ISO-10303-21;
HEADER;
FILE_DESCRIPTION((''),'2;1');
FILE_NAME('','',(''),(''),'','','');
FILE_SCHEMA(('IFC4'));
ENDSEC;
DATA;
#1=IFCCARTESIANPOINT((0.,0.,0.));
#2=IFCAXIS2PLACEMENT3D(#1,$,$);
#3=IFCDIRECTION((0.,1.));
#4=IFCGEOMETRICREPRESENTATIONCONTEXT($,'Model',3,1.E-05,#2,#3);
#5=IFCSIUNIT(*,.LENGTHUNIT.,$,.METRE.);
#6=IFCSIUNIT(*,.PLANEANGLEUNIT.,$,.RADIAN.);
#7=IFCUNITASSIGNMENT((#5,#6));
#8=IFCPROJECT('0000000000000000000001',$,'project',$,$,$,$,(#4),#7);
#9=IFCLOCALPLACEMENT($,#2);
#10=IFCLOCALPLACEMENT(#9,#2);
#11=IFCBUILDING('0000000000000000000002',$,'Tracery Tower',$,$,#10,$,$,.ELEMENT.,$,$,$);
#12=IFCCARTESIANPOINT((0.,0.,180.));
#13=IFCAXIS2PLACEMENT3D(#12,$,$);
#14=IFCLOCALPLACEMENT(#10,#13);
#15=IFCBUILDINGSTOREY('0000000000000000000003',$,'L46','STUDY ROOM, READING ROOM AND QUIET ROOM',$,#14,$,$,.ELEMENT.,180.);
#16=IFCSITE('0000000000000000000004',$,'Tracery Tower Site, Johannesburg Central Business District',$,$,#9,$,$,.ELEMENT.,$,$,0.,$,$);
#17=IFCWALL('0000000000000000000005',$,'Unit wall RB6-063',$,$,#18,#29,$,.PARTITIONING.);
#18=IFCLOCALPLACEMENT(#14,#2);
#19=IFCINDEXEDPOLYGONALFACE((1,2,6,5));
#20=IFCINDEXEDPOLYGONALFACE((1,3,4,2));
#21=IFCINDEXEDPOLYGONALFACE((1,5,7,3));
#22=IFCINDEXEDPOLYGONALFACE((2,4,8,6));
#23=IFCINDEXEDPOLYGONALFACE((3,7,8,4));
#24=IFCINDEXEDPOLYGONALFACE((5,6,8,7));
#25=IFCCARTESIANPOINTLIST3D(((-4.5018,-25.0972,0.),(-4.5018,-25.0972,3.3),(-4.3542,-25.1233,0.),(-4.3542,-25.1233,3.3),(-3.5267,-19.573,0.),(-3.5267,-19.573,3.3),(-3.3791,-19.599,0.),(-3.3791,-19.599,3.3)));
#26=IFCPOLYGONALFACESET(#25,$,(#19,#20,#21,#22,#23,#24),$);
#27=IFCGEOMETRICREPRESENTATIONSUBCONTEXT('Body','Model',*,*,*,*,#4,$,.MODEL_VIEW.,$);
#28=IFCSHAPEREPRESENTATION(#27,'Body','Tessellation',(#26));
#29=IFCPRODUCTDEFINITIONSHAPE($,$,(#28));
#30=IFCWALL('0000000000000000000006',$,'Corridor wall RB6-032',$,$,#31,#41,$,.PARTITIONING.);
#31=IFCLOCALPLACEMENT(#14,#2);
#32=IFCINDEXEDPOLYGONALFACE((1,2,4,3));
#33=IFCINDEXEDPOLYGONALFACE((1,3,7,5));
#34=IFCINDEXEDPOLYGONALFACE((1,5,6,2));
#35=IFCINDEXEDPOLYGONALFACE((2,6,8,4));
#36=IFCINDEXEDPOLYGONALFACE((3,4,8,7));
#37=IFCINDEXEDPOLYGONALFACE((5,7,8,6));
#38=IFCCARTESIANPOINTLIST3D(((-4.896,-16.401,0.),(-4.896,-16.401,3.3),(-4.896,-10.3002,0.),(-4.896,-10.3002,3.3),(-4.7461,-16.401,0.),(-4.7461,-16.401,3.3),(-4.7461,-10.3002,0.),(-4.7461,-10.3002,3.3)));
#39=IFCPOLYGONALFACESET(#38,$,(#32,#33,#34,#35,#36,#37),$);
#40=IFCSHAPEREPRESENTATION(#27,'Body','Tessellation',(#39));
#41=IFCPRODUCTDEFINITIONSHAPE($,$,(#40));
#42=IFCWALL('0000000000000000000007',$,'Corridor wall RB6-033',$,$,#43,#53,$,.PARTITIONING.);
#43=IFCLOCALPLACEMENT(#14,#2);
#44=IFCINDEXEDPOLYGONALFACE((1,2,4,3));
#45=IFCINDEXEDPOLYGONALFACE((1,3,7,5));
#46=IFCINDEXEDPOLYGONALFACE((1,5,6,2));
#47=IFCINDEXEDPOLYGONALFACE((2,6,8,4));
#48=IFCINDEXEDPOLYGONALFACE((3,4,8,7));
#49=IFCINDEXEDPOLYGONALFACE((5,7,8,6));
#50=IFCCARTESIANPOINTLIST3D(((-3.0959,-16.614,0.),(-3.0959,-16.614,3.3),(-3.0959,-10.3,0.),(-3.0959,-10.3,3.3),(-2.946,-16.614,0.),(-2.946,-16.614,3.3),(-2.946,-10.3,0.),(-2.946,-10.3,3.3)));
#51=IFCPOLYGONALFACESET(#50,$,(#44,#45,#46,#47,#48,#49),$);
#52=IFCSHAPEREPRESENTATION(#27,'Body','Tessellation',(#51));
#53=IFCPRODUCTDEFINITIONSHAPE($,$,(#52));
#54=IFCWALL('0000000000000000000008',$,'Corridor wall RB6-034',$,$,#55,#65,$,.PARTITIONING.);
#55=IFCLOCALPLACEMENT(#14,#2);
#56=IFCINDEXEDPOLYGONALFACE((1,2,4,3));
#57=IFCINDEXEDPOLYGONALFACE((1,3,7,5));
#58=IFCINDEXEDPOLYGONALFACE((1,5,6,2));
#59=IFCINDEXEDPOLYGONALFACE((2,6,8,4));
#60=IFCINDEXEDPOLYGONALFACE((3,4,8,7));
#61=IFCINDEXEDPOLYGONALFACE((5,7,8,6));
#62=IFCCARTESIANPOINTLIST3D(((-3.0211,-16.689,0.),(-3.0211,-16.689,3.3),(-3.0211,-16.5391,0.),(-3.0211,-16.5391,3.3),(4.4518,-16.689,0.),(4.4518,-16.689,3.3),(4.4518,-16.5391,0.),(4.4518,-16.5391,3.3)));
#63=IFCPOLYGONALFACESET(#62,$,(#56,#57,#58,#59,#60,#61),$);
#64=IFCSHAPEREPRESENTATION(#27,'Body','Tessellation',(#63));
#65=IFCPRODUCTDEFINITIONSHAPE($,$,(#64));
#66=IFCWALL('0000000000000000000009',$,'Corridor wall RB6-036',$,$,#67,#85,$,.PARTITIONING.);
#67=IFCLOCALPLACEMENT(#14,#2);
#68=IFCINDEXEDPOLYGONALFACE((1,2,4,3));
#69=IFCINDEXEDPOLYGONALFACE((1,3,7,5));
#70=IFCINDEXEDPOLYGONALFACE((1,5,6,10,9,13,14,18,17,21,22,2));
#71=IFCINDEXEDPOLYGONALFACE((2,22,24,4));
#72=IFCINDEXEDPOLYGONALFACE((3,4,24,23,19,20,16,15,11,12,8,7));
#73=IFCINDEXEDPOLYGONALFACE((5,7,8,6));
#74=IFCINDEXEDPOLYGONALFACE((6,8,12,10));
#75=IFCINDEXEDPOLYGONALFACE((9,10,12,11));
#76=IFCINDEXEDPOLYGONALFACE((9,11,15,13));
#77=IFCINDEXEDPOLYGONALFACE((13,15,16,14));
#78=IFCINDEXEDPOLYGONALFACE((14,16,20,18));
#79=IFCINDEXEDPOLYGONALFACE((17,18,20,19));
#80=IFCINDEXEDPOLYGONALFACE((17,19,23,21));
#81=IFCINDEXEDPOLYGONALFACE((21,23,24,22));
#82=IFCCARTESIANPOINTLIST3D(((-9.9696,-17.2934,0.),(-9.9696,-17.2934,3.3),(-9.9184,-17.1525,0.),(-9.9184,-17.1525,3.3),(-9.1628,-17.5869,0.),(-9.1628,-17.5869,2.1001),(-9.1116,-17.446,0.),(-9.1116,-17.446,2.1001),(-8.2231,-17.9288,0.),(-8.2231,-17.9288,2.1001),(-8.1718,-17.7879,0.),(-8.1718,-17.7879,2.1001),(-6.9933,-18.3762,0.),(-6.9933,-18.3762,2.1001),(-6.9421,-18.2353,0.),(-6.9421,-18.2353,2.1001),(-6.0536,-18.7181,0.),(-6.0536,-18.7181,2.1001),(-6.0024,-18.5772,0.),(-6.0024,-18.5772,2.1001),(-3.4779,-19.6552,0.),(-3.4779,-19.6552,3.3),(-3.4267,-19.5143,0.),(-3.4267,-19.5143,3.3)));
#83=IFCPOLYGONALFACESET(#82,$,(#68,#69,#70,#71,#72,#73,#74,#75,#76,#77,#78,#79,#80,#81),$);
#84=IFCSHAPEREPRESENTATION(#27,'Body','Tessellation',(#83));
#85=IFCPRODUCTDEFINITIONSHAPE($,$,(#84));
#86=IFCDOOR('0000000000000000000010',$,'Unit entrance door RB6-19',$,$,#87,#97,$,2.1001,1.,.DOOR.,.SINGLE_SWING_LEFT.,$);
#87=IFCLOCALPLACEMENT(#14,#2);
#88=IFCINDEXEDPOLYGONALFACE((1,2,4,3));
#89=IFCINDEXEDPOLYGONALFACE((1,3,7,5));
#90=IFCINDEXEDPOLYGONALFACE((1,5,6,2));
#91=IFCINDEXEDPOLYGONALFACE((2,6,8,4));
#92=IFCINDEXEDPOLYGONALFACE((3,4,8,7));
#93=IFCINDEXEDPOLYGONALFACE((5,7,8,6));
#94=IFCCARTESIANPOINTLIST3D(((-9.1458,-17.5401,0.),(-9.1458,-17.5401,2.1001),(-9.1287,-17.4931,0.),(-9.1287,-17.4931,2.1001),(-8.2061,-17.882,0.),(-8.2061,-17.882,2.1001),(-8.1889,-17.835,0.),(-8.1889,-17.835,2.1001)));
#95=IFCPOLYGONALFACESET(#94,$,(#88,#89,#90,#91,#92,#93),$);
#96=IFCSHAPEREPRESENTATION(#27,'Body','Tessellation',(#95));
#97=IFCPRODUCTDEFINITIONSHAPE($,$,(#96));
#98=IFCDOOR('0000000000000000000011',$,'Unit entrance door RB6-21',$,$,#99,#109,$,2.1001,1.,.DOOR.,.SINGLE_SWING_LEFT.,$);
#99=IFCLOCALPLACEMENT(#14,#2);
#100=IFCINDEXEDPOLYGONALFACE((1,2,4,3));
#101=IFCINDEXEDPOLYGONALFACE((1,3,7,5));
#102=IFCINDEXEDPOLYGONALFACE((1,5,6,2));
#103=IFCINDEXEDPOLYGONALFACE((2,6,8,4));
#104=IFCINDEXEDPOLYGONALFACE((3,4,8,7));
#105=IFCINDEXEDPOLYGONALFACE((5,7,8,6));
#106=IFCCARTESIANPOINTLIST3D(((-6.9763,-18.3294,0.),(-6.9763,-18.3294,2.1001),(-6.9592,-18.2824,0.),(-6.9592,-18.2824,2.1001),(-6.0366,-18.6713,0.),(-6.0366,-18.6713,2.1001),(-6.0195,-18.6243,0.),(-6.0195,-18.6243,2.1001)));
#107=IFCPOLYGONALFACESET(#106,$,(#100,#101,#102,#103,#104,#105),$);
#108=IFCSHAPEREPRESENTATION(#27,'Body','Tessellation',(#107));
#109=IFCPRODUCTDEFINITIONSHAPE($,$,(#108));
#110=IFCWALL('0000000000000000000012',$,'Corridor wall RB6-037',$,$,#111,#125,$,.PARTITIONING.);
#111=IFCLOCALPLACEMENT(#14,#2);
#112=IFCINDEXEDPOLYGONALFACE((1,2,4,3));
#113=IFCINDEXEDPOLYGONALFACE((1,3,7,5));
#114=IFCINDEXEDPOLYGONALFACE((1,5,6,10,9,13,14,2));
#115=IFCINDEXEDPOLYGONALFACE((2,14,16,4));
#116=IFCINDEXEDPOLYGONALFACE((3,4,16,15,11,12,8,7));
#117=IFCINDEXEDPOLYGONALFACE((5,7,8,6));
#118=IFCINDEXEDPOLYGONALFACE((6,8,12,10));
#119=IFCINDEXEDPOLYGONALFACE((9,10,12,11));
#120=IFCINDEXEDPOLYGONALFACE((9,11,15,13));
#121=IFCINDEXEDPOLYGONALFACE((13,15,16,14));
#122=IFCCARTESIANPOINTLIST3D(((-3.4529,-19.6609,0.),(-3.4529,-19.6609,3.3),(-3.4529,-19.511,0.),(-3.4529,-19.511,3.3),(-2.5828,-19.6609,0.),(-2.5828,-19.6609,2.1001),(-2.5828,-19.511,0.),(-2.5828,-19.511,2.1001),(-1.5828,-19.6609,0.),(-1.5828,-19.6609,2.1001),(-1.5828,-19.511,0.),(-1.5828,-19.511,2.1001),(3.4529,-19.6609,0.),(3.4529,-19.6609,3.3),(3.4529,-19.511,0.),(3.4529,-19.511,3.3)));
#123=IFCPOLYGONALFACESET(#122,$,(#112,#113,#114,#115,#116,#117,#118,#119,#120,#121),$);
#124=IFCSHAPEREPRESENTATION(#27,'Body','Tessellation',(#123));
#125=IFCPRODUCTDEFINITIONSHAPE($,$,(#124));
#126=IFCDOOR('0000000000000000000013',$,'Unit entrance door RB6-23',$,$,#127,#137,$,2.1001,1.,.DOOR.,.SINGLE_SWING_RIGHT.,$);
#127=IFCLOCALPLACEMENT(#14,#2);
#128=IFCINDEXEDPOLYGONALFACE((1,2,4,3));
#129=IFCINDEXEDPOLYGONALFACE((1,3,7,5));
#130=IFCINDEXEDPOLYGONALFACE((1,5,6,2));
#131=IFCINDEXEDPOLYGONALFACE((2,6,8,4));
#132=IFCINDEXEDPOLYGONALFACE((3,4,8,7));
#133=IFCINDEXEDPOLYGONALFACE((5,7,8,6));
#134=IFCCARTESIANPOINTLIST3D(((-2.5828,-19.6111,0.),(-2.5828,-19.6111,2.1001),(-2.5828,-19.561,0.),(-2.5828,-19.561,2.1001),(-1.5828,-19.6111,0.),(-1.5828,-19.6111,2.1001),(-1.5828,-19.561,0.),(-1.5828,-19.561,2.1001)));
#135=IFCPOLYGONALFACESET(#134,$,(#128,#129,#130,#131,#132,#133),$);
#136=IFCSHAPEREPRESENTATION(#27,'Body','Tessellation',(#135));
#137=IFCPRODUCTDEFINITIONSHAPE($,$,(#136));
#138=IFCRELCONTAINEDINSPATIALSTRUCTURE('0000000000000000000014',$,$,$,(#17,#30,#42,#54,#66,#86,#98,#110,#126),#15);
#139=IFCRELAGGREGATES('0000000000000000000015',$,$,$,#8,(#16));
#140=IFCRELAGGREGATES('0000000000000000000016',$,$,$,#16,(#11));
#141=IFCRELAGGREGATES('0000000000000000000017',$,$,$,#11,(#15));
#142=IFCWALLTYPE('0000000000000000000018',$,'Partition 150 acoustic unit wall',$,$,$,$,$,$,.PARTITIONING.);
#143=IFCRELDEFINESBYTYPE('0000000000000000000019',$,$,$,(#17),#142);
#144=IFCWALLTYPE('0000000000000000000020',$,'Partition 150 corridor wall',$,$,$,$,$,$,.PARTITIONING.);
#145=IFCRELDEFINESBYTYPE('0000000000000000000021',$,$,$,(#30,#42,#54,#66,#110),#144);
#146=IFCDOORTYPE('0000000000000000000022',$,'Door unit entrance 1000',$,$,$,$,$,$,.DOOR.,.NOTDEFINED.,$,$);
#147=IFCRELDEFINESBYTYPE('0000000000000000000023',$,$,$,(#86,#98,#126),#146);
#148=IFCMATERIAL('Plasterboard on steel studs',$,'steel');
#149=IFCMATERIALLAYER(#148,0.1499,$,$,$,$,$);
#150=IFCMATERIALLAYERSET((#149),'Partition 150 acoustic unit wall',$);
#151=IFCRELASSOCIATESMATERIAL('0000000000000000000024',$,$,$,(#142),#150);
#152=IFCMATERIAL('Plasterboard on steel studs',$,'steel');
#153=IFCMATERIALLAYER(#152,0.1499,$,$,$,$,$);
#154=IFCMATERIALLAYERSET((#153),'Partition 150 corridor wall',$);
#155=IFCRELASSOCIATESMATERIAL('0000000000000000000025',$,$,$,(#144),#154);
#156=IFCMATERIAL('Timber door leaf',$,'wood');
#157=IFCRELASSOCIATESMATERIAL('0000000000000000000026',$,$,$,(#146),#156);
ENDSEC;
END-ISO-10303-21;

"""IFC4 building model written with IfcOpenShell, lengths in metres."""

from ifc_helpers import new_model, si_unit, direction, frame, frame_2d, origin, place, context, subcontext, project, spatial, rectangle, extrude, material, layer, layer_set, type_object, element, fill, save


model = new_model("IFC4")

# Units and contexts
model_context = context("Model", 3, precision=1e-05, world=origin(), true_north=direction((0.0, 1.0)))
body_context = subcontext(model_context, "Body", "Model", "MODEL_VIEW")
ifc_project = project(units=[si_unit("LENGTHUNIT", "METRE"), si_unit("PLANEANGLEUNIT", "RADIAN")], contexts=[model_context])

# Site, building, storey
site_placement = place(None, origin())
site = spatial("IfcSite", under=ifc_project, at=site_placement, Name="Tracery Tower Site, Johannesburg Central Business District", CompositionType="ELEMENT", RefElevation=0.0)
building_placement = place(site_placement, origin())
building = spatial("IfcBuilding", under=site, at=building_placement, Name="Tracery Tower", CompositionType="ELEMENT")
storey_placement = place(building_placement, frame((0.0, 0.0, 180.0)))
storey = spatial("IfcBuildingStorey", under=building, at=storey_placement, Name="L46", Description="STUDY ROOM, READING ROOM AND QUIET ROOM", CompositionType="ELEMENT", Elevation=180.0)

# Walls
ifc_material_1 = material(Name="Plasterboard on steel studs", Category="steel")
ifc_layer_1 = layer(ifc_material_1, 0.1499)
ifc_layer_set_1 = layer_set([ifc_layer_1], Name="Partition 150 acoustic unit wall")
wall_type_1 = type_object("IfcWallType", Name="Partition 150 acoustic unit wall", PredefinedType="PARTITIONING", material=ifc_layer_set_1)
wall_1_placement = place(storey_placement, frame((-4.428, -25.1101, 0.0), z_axis=(0.0, 0.0, 1.0), x_axis=(0.173828, 0.984776, 0.0)))
element("IfcWall", 1, at=wall_1_placement, inside=storey, type_object=wall_type_1, Name="Unit wall RB6-063", PredefinedType="PARTITIONING", context=body_context, shape_type="SweptSolid", body=[
    extrude(rectangle(XDim=5.6096, YDim=0.1499, at=frame_2d((2.8047, 0.0))), origin(), (0.0, 0.0, 1.0), 3.3),
])
ifc_material_2 = material(Name="Plasterboard on steel studs", Category="steel")
ifc_layer_2 = layer(ifc_material_2, 0.1499)
ifc_layer_set_2 = layer_set([ifc_layer_2], Name="Partition 150 corridor wall")
wall_type_2 = type_object("IfcWallType", Name="Partition 150 corridor wall", PredefinedType="PARTITIONING", material=ifc_layer_set_2)
wall_2_placement = place(storey_placement, frame((-4.821, -16.4009, 0.0), z_axis=(0.0, 0.0, 1.0), x_axis=(0.0, 1.0, 0.0)))
element("IfcWall", 2, at=wall_2_placement, inside=storey, type_object=wall_type_2, Name="Corridor wall RB6-032", PredefinedType="PARTITIONING", context=body_context, shape_type="SweptSolid", body=[
    extrude(rectangle(XDim=6.1008, YDim=0.1499, at=frame_2d((3.0503, 0.0))), origin(), (0.0, 0.0, 1.0), 3.3),
])
wall_3_placement = place(storey_placement, frame((-3.021, -16.614, 0.0), z_axis=(0.0, 0.0, 1.0), x_axis=(0.0, 1.0, 0.0)))
element("IfcWall", 3, at=wall_3_placement, inside=storey, type_object=wall_type_2, Name="Corridor wall RB6-033", PredefinedType="PARTITIONING", context=body_context, shape_type="SweptSolid", body=[
    extrude(rectangle(XDim=6.314, YDim=0.1499, at=frame_2d((3.157, 0.0))), origin(), (0.0, 0.0, 1.0), 3.3),
])
wall_4_placement = place(storey_placement, frame((-3.021, -16.614, 0.0), z_axis=(0.0, 0.0, 1.0), x_axis=(1.0, 0.0, 0.0)))
element("IfcWall", 4, at=wall_4_placement, inside=storey, type_object=wall_type_2, Name="Corridor wall RB6-034", PredefinedType="PARTITIONING", context=body_context, shape_type="SweptSolid", body=[
    extrude(rectangle(XDim=7.4729, YDim=0.1499, at=frame_2d((3.7363, 0.0))), origin(), (0.0, 0.0, 1.0), 3.3),
])

# Wall, openings, doors
wall_5_placement = place(storey_placement, frame((-9.9441, -17.2229, 0.0), z_axis=(0.0, 0.0, 1.0), x_axis=(0.939738, -0.341896, 0.0)))
wall_5 = element("IfcWall", 5, at=wall_5_placement, inside=storey, type_object=wall_type_2, Name="Corridor wall RB6-036", PredefinedType="PARTITIONING", context=body_context, shape_type="SweptSolid", body=[
    extrude(rectangle(XDim=6.908, YDim=0.1499, at=frame_2d((3.4541, 0.0))), origin(), (0.0, 0.0, 1.0), 3.3),
])
opening_1_placement = place(wall_5_placement, frame((0.8586, 0.0, 0.0)))
opening_1 = element("IfcOpeningElement", 6, at=opening_1_placement, cuts=wall_5, PredefinedType="OPENING", context=body_context, shape_type="SweptSolid", body=[
    extrude(rectangle(XDim=1.0, YDim=2.1001, at=frame_2d((0.5, 1.05))), frame((0.0, 0.075, 0.0), z_axis=(0.0, -1.0, 0.0), x_axis=(1.0, 0.0, 0.0)), (0.0, 0.0, 1.0), 0.1499),
])
opening_2_placement = place(wall_5_placement, frame((3.1672, 0.0, 0.0)))
opening_2 = element("IfcOpeningElement", 7, at=opening_2_placement, cuts=wall_5, PredefinedType="OPENING", context=body_context, shape_type="SweptSolid", body=[
    extrude(rectangle(XDim=1.0, YDim=2.1001, at=frame_2d((0.5, 1.05))), frame((0.0, 0.075, 0.0), z_axis=(0.0, -1.0, 0.0), x_axis=(1.0, 0.0, 0.0)), (0.0, 0.0, 1.0), 0.1499),
])
ifc_material_3 = material(Name="Timber door leaf", Category="wood")
door_type_1 = type_object("IfcDoorType", Name="Door unit entrance 1000", OperationType="NOTDEFINED", PredefinedType="DOOR", material=ifc_material_3)
door_1_placement = place(opening_1_placement, origin())
door_1 = element("IfcDoor", 8, at=door_1_placement, inside=storey, type_object=door_type_1, Name="Unit entrance door RB6-19", OperationType="SINGLE_SWING_LEFT", OverallHeight=2.1001, OverallWidth=1.0, PredefinedType="DOOR", context=body_context, shape_type="SweptSolid", body=[
    extrude(rectangle(XDim=1.0, YDim=2.1001, at=frame_2d((0.5, 1.05))), frame((0.0, 0.0249, 0.0), z_axis=(0.0, -1.0, 0.0), x_axis=(1.0, 0.0, 0.0)), (0.0, 0.0, 1.0), 0.05),
])
fill(opening_1, door_1)
door_2_placement = place(opening_2_placement, origin())
door_2 = element("IfcDoor", 9, at=door_2_placement, inside=storey, type_object=door_type_1, Name="Unit entrance door RB6-21", OperationType="SINGLE_SWING_LEFT", OverallHeight=2.1001, OverallWidth=1.0, PredefinedType="DOOR", context=body_context, shape_type="SweptSolid", body=[
    extrude(rectangle(XDim=1.0, YDim=2.1001, at=frame_2d((0.5, 1.05))), frame((0.0, 0.0249, 0.0), z_axis=(0.0, -1.0, 0.0), x_axis=(1.0, 0.0, 0.0)), (0.0, 0.0, 1.0), 0.05),
])
fill(opening_2, door_2)

# Wall, opening, door
wall_6_placement = place(storey_placement, frame((-3.4529, -19.5859, 0.0), z_axis=(0.0, 0.0, 1.0), x_axis=(1.0, 0.0, 0.0)))
wall_6 = element("IfcWall", 10, at=wall_6_placement, inside=storey, type_object=wall_type_2, Name="Corridor wall RB6-037", PredefinedType="PARTITIONING", context=body_context, shape_type="SweptSolid", body=[
    extrude(rectangle(XDim=6.9058, YDim=0.1499, at=frame_2d((3.4529, 0.0))), origin(), (0.0, 0.0, 1.0), 3.3),
])
opening_3_placement = place(wall_6_placement, frame((0.8701, 0.0, 0.0)))
opening_3 = element("IfcOpeningElement", 11, at=opening_3_placement, cuts=wall_6, PredefinedType="OPENING", context=body_context, shape_type="SweptSolid", body=[
    extrude(rectangle(XDim=1.0, YDim=2.1001, at=frame_2d((0.5, 1.05))), frame((0.0, 0.075, 0.0), z_axis=(0.0, -1.0, 0.0), x_axis=(1.0, 0.0, 0.0)), (0.0, 0.0, 1.0), 0.1499),
])
door_3_placement = place(opening_3_placement, origin())
door_3 = element("IfcDoor", 12, at=door_3_placement, inside=storey, type_object=door_type_1, Name="Unit entrance door RB6-23", OperationType="SINGLE_SWING_RIGHT", OverallHeight=2.1001, OverallWidth=1.0, PredefinedType="DOOR", context=body_context, shape_type="SweptSolid", body=[
    extrude(rectangle(XDim=1.0, YDim=2.1001, at=frame_2d((0.5, 1.05))), frame((0.0, 0.0249, 0.0), z_axis=(0.0, -1.0, 0.0), x_axis=(1.0, 0.0, 0.0)), (0.0, 0.0, 1.0), 0.05),
])
fill(opening_3, door_3)

save(model, "model.ifc")
